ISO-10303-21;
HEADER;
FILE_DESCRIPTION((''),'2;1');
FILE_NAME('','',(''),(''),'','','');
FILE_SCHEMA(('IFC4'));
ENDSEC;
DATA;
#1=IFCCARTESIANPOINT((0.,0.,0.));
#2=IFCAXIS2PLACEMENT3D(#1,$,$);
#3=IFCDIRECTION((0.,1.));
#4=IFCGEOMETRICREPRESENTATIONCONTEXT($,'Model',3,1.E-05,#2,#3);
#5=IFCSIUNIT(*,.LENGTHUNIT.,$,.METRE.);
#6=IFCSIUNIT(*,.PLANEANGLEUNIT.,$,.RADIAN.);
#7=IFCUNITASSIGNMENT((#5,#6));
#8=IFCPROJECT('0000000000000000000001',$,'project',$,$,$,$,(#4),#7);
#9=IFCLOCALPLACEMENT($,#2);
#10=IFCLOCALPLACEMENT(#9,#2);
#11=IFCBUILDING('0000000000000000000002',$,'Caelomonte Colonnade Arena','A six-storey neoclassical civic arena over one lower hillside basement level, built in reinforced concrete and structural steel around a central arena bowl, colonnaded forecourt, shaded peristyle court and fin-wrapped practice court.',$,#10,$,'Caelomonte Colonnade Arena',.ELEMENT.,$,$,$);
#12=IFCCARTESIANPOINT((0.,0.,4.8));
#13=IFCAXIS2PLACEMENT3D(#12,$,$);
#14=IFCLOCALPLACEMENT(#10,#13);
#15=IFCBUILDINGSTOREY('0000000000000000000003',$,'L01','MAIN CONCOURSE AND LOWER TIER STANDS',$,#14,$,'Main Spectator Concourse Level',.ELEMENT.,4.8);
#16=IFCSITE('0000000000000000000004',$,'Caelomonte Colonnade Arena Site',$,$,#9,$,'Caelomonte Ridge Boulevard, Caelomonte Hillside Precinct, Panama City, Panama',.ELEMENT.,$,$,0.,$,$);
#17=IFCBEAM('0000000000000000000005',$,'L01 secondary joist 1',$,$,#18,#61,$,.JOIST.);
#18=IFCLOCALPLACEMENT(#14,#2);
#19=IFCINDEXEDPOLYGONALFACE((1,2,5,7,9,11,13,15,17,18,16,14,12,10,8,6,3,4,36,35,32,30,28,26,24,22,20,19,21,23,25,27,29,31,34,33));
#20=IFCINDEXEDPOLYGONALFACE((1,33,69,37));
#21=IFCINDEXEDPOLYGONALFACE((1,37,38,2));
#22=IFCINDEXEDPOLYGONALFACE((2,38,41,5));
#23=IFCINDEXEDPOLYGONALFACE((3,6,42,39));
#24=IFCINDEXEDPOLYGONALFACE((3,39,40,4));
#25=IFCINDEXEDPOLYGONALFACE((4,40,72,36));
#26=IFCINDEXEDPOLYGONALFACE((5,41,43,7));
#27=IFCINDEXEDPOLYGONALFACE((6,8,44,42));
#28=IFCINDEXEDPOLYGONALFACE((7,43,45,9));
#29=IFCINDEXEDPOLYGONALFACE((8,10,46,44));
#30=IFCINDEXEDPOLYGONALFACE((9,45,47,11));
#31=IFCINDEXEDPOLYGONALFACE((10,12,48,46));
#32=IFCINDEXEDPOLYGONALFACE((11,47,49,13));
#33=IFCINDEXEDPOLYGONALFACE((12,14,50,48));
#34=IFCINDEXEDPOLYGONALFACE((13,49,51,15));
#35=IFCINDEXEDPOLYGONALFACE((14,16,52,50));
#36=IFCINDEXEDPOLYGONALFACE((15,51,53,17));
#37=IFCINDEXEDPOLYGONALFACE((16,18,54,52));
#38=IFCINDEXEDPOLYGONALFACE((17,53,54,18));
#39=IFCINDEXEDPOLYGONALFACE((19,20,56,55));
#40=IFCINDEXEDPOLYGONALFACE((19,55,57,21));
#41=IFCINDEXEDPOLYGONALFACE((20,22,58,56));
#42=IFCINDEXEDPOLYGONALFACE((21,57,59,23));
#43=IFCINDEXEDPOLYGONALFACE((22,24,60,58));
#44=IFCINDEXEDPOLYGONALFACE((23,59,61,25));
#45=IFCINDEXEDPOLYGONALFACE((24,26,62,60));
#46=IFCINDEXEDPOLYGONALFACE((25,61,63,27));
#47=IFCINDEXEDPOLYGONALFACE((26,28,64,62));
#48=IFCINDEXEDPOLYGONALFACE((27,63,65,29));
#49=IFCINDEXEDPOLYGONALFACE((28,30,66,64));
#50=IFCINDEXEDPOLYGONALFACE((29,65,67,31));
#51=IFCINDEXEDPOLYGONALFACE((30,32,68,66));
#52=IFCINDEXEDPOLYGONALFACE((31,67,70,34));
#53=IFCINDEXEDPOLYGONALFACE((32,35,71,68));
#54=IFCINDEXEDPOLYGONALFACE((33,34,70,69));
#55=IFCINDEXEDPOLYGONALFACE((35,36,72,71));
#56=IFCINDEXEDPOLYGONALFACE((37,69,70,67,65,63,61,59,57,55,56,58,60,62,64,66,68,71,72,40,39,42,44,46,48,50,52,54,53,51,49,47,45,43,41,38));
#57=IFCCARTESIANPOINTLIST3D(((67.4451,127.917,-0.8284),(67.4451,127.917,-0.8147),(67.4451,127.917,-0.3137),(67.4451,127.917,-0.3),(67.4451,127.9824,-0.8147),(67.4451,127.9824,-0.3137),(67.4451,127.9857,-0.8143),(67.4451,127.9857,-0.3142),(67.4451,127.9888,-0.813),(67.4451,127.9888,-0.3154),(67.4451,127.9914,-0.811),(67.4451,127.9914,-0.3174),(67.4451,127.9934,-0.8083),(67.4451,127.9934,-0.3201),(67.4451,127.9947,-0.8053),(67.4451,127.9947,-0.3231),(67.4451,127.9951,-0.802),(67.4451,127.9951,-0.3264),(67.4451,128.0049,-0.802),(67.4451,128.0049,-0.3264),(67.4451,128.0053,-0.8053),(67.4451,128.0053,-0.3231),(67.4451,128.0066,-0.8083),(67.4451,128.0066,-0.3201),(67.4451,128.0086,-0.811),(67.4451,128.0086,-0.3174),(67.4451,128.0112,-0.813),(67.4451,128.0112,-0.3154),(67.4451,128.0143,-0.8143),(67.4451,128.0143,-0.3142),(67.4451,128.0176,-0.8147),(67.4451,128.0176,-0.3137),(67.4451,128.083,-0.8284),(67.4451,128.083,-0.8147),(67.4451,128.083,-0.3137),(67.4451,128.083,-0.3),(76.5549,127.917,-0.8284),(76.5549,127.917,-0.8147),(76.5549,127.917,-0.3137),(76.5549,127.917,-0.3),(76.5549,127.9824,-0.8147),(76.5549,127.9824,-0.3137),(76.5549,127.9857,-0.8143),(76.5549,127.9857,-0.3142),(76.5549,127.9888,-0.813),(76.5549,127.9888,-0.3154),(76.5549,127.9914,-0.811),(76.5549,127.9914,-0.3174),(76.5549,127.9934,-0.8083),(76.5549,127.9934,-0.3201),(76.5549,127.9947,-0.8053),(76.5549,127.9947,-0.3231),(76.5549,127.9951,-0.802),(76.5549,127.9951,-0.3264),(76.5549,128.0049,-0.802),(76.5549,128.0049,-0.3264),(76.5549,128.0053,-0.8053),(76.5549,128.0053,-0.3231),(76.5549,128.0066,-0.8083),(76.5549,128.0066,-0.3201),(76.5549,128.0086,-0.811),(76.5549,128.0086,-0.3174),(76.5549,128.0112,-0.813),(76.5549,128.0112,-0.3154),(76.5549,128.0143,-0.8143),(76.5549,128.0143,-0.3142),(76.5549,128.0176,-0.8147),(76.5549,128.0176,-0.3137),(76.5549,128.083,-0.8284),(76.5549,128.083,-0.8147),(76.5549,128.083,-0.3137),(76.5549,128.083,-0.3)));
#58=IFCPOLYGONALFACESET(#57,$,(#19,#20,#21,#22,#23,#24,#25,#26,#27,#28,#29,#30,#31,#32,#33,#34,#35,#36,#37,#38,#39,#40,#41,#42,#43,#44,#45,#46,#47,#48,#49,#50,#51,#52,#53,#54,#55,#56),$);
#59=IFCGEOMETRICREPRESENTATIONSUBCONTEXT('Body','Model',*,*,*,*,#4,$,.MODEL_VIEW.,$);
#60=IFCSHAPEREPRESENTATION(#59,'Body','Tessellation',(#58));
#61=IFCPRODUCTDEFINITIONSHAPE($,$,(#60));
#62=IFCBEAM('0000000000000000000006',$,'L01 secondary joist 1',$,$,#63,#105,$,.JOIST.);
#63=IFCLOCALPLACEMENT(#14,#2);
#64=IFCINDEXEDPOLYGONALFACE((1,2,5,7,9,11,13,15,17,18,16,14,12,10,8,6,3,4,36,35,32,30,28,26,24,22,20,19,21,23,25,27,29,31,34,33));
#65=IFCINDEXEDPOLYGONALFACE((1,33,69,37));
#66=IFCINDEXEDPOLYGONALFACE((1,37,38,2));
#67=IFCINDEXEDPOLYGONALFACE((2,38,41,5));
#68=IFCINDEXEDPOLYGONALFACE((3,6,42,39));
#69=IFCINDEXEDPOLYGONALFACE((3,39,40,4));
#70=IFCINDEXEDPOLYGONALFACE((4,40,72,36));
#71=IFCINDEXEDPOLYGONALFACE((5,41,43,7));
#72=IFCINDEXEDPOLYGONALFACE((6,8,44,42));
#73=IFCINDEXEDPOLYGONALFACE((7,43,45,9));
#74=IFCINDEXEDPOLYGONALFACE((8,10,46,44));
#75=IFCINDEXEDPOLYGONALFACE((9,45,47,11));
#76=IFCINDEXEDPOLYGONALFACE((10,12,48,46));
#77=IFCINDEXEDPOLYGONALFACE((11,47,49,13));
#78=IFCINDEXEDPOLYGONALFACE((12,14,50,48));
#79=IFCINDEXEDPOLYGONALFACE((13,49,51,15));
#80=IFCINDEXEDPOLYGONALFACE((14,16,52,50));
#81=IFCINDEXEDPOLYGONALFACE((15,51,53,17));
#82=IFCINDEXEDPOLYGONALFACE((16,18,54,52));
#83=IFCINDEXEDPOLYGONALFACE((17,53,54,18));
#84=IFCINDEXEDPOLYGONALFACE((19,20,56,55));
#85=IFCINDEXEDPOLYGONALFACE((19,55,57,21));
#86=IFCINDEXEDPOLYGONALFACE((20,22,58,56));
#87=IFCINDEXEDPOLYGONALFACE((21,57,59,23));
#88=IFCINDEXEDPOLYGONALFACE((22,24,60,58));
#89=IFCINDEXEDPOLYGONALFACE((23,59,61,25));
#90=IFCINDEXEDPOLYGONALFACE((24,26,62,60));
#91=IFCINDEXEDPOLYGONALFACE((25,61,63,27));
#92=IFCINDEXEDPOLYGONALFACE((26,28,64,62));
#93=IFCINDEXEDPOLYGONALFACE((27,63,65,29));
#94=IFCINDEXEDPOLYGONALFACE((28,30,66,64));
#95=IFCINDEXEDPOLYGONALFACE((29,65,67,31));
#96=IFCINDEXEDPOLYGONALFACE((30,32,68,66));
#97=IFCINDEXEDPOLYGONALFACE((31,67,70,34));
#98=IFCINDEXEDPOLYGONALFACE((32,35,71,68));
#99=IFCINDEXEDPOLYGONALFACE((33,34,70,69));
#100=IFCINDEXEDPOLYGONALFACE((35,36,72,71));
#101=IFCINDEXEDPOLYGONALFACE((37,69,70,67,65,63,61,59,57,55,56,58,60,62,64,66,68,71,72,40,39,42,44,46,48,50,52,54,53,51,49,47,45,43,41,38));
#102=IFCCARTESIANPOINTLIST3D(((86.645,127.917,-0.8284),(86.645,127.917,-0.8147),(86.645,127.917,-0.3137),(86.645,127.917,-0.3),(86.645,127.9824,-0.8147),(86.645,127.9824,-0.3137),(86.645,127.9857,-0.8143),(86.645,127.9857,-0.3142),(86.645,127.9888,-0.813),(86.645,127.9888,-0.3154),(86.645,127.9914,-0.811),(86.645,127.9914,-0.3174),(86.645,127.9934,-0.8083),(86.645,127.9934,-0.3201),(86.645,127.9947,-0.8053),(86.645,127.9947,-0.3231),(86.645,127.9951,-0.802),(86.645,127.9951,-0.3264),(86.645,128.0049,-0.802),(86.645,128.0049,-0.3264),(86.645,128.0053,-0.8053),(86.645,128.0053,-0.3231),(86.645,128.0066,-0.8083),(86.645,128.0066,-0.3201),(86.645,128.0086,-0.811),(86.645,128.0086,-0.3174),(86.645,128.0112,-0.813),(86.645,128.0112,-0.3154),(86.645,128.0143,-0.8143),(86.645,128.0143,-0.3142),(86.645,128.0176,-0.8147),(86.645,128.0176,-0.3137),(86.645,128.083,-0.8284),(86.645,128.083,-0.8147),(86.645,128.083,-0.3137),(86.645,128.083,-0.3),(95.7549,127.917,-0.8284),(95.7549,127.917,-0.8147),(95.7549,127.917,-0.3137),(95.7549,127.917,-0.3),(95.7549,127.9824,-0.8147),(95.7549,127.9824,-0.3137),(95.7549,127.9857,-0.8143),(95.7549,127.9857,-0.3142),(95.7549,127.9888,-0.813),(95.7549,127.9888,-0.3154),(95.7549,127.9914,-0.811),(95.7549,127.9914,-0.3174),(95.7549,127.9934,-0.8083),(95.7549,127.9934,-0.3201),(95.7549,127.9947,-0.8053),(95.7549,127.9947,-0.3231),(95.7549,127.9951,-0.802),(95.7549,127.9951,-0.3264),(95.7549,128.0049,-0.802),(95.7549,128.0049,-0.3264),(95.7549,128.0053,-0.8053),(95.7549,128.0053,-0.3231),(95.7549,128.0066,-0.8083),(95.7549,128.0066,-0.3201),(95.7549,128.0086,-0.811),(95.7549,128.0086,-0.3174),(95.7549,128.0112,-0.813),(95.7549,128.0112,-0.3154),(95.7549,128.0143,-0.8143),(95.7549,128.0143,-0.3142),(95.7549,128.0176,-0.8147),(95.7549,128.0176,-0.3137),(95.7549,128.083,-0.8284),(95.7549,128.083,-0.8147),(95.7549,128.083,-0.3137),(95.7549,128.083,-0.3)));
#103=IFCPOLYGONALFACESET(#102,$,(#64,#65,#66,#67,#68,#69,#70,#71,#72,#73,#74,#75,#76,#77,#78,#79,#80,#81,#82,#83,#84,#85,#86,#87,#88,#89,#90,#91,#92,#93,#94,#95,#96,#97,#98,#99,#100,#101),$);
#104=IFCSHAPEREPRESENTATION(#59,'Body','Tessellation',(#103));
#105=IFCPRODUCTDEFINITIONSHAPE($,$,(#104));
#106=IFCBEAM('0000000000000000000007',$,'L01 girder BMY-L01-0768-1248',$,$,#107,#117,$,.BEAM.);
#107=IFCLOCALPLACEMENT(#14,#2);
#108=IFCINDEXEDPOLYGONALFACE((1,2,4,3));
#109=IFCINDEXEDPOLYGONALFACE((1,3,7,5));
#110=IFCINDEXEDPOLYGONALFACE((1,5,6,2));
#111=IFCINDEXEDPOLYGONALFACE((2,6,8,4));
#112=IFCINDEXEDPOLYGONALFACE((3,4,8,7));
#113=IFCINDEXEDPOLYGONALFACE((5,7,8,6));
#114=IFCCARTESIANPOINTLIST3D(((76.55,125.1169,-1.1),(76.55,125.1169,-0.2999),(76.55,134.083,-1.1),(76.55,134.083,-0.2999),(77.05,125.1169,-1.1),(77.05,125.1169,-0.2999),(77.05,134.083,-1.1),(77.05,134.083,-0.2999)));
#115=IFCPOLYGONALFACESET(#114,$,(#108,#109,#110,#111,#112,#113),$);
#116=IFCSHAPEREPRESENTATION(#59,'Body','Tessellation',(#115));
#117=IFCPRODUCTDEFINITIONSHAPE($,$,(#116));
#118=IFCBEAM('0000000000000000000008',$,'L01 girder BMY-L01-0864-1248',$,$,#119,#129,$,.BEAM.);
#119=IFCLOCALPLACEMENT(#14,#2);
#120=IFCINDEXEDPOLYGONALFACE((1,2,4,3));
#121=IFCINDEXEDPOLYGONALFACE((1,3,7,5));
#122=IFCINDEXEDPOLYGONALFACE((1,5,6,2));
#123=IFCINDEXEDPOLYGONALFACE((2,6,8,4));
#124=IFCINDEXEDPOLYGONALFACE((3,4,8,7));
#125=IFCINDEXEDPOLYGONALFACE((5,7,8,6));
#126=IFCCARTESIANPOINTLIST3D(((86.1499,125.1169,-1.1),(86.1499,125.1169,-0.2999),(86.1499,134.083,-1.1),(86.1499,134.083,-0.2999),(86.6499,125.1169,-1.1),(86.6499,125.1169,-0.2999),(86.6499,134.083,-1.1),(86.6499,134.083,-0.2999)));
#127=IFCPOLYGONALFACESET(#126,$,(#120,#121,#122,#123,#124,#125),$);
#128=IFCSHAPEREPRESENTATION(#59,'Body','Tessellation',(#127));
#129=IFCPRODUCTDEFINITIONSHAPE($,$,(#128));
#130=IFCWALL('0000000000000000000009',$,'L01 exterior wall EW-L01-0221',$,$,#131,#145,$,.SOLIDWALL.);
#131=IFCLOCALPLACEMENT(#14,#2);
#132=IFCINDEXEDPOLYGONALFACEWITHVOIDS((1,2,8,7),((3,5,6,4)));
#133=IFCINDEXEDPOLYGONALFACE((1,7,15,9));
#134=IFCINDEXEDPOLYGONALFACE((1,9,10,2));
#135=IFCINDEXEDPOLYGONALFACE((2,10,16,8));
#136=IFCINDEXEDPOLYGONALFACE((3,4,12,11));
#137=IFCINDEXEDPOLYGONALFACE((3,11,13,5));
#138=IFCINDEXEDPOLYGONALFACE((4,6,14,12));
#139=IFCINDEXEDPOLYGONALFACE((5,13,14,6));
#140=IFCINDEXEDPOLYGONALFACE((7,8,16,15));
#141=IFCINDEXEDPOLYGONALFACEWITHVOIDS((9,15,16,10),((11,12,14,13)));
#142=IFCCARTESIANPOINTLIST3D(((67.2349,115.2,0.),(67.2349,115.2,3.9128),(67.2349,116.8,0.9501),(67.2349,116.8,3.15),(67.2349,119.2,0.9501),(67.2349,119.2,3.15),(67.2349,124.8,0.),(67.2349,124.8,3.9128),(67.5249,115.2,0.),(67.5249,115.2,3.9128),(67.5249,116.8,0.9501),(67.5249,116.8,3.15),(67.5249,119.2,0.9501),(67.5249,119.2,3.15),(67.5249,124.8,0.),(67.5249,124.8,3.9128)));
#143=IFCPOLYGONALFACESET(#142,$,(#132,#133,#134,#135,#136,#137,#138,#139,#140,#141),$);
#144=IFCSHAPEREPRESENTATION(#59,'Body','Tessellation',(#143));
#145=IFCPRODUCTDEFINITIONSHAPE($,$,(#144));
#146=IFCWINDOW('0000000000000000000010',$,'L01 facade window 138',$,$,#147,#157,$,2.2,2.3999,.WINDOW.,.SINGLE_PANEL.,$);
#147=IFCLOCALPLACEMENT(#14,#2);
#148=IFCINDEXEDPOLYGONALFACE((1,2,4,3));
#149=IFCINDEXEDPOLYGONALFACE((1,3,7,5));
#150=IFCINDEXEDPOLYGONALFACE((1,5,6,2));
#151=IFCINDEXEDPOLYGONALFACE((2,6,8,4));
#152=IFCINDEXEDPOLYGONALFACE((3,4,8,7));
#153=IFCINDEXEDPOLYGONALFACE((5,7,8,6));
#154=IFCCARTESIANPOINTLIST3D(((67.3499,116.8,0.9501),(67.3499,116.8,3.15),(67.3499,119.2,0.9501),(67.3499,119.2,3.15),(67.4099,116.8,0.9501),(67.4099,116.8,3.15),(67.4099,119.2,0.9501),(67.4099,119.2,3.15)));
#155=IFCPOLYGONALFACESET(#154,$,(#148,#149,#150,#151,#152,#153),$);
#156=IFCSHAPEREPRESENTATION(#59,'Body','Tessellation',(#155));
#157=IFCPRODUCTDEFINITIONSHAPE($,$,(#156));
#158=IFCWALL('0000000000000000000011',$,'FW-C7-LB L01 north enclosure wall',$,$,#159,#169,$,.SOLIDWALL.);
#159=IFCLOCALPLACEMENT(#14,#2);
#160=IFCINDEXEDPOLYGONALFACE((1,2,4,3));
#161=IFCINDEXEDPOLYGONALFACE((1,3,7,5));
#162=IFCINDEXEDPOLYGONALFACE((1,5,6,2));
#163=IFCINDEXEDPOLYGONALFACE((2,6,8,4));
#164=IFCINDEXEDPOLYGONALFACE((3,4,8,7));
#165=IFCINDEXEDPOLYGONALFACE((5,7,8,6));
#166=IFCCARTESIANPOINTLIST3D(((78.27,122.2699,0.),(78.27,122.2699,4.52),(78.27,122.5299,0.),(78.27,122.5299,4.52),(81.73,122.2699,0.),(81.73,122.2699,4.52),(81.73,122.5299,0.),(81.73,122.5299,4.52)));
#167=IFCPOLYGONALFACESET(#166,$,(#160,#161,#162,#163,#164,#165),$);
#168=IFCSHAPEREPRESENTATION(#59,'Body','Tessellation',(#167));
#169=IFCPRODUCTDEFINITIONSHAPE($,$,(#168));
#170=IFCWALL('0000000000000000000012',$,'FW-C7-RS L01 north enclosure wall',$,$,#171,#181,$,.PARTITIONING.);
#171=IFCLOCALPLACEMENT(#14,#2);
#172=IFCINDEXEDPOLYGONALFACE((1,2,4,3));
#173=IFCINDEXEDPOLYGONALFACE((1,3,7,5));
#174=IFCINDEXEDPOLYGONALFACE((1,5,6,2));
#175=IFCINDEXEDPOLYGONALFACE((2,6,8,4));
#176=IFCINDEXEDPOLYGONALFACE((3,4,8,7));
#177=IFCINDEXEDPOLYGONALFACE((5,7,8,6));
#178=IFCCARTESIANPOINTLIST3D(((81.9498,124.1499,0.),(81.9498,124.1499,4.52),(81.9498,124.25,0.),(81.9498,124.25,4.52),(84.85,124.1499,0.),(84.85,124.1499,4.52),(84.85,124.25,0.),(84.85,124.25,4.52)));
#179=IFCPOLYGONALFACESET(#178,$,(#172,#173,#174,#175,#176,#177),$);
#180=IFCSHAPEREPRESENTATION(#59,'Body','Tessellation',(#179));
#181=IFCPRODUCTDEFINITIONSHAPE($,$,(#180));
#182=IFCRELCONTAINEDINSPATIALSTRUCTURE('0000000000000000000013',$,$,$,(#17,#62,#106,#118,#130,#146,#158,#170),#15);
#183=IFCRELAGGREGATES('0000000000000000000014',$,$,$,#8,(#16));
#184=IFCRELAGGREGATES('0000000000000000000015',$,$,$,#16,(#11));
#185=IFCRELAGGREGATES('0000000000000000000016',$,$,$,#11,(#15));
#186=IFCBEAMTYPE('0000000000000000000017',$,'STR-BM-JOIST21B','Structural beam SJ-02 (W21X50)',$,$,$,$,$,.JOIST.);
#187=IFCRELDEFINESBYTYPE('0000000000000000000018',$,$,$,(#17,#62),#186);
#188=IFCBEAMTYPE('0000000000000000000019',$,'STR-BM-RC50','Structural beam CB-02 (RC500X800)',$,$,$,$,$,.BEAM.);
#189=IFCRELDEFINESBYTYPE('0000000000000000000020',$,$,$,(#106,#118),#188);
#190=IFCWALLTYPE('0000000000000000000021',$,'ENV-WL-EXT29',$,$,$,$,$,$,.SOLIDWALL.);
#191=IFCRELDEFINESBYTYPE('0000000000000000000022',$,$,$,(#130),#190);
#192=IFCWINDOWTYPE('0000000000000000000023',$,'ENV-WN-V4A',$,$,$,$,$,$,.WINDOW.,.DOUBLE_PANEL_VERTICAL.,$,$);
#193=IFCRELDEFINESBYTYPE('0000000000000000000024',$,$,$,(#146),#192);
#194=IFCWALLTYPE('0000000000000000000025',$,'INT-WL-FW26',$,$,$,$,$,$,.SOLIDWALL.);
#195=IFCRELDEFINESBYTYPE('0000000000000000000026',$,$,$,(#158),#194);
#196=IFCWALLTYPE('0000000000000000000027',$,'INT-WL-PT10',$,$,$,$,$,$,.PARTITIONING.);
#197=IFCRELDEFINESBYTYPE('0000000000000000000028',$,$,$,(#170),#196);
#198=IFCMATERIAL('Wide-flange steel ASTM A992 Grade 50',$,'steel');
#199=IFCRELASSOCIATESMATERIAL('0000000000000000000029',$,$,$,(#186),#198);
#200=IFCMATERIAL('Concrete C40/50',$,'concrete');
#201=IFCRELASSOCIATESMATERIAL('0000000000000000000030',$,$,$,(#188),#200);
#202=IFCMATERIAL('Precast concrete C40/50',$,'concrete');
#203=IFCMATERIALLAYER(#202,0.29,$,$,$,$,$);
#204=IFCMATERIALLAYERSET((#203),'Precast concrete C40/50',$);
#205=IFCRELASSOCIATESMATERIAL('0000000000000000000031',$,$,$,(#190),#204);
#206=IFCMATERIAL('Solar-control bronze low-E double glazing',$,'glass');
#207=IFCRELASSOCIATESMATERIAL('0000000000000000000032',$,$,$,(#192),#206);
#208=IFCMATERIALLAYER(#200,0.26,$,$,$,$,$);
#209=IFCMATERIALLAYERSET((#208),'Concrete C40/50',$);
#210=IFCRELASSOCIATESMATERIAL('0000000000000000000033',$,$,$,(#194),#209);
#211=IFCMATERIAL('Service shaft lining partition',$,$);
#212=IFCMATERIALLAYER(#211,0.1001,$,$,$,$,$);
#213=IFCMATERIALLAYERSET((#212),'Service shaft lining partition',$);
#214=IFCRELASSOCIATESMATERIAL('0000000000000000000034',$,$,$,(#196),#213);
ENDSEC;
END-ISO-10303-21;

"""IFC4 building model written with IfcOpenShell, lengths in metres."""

from ifc_helpers import new_model, si_unit, direction, frame, frame_2d, origin, origin_2d, place, context, subcontext, project, spatial, rectangle, i_section, extrude, material, layer, layer_set, material_profile, profile_set, type_object, element, fill, save


model = new_model("IFC4")

# Units and contexts
model_context = context("Model", 3, precision=1e-05, world=origin(), true_north=direction((0.0, 1.0)))
body_context = subcontext(model_context, "Body", "Model", "MODEL_VIEW")
ifc_project = project(units=[si_unit("LENGTHUNIT", "METRE"), si_unit("PLANEANGLEUNIT", "RADIAN")], contexts=[model_context])

# Site, building, storey
site_placement = place(None, origin())
site = spatial("IfcSite", under=ifc_project, at=site_placement, Name="Caelomonte Colonnade Arena Site", LongName="Caelomonte Ridge Boulevard, Caelomonte Hillside Precinct, Panama City, Panama", CompositionType="ELEMENT", RefElevation=0.0)
building_placement = place(site_placement, origin())
building = spatial("IfcBuilding", under=site, at=building_placement, Name="Caelomonte Colonnade Arena", Description="A six-storey neoclassical civic arena over one lower hillside basement level, built in reinforced concrete and structural steel around a central arena bowl, colonnaded forecourt, shaded peristyle court and fin-wrapped practice court.", LongName="Caelomonte Colonnade Arena", CompositionType="ELEMENT")
storey_placement = place(building_placement, frame((0.0, 0.0, 4.8)))
storey = spatial("IfcBuildingStorey", under=building, at=storey_placement, Name="L01", Description="MAIN CONCOURSE AND LOWER TIER STANDS", LongName="Main Spectator Concourse Level", CompositionType="ELEMENT", Elevation=4.8)

# Shared definitions
ifc_material_1 = material(Name="Concrete C40/50", Category="concrete")

# Beams
ifc_material_2 = material(Name="Wide-flange steel ASTM A992 Grade 50", Category="steel")
ifc_material_profile_1 = material_profile(ifc_material_2, i_section(OverallWidth=0.166, OverallDepth=0.5283, WebThickness=0.0098, FlangeThickness=0.0137, FilletRadius=0.0127, at=origin_2d()), Name="W21X50")
ifc_profile_set_1 = profile_set([ifc_material_profile_1], Name="Wide-flange steel ASTM A992 Grade 50")
beam_type_1 = type_object("IfcBeamType", Name="STR-BM-JOIST21B", Description="Structural beam SJ-02 (W21X50)", PredefinedType="JOIST", material=ifc_profile_set_1)
for number, where, z_axis, x_axis, name in (
    (1, (67.4451, 128.0, -0.5642), (1.0, 0.0, 0.0), (0.0, 1.0, 0.0), "L01 secondary joist 1"),
    (2, (86.645, 128.0, -0.5642), (1.0, 0.0, 0.0), (0.0, 1.0, 0.0), "L01 secondary joist 1"),
):
    element("IfcBeam", number, at=place(storey_placement, frame(where, z_axis=z_axis, x_axis=x_axis)), inside=storey, type_object=beam_type_1, Name=name, PredefinedType="JOIST", context=body_context, shape_type="SweptSolid", body=[
        extrude(i_section(OverallWidth=0.166, OverallDepth=0.5283, WebThickness=0.0098, FlangeThickness=0.0137, FilletRadius=0.0127, at=origin_2d()), origin(), (0.0, 0.0, 1.0), 9.1099),
    ])
ifc_material_profile_2 = material_profile(ifc_material_1, rectangle(XDim=0.5, YDim=0.8, at=origin_2d()), Name="RC500X800")
ifc_profile_set_2 = profile_set([ifc_material_profile_2], Name="Concrete C40/50")
beam_type_2 = type_object("IfcBeamType", Name="STR-BM-RC50", Description="Structural beam CB-02 (RC500X800)", PredefinedType="BEAM", material=ifc_profile_set_2)
for number, where, z_axis, x_axis, name in (
    (3, (76.8, 125.1169, -0.7), (0.0, 1.0, 0.0), (-1.0, 0.0, 0.0), "L01 girder BMY-L01-0768-1248"),
    (4, (86.3999, 125.1169, -0.7), (0.0, 1.0, 0.0), (-1.0, 0.0, 0.0), "L01 girder BMY-L01-0864-1248"),
):
    element("IfcBeam", number, at=place(storey_placement, frame(where, z_axis=z_axis, x_axis=x_axis)), inside=storey, type_object=beam_type_2, Name=name, PredefinedType="BEAM", context=body_context, shape_type="SweptSolid", body=[
        extrude(rectangle(XDim=0.5, YDim=0.8, at=origin_2d()), origin(), (0.0, 0.0, 1.0), 8.9661),
    ])

# Wall, opening, window
ifc_material_3 = material(Name="Precast concrete C40/50", Category="concrete")
ifc_layer_1 = layer(ifc_material_3, 0.29)
ifc_layer_set_1 = layer_set([ifc_layer_1], Name="Precast concrete C40/50")
wall_type_1 = type_object("IfcWallType", Name="ENV-WL-EXT29", PredefinedType="SOLIDWALL", material=ifc_layer_set_1)
wall_1_placement = place(storey_placement, frame((67.3799, 124.8, 0.0), z_axis=(0.0, 0.0, 1.0), x_axis=(0.0, -1.0, 0.0)))
wall_1 = element("IfcWall", 5, at=wall_1_placement, inside=storey, type_object=wall_type_1, Name="L01 exterior wall EW-L01-0221", PredefinedType="SOLIDWALL", context=body_context, shape_type="SweptSolid", body=[
    extrude(rectangle(XDim=9.6001, YDim=0.29, at=frame_2d((4.8, 0.0))), origin(), (0.0, 0.0, 1.0), 3.9128),
])
opening_1_placement = place(wall_1_placement, frame((8.0, 0.0, 0.95), z_axis=(0.0, 0.0, 1.0), x_axis=(-1.0, 0.0, 0.0)))
opening_1 = element("IfcOpeningElement", 6, at=opening_1_placement, cuts=wall_1, PredefinedType="OPENING", context=body_context, shape_type="SweptSolid", body=[
    extrude(rectangle(XDim=2.3999, YDim=2.2, at=frame_2d((1.2, 1.1001))), frame((0.0, 0.155, 0.0), z_axis=(0.0, -1.0, 0.0), x_axis=(1.0, 0.0, 0.0)), (0.0, 0.0, 1.0), 0.3101),
])
ifc_material_4 = material(Name="Solar-control bronze low-E double glazing", Category="glass")
window_type = type_object("IfcWindowType", Name="ENV-WN-V4A", PartitioningType="DOUBLE_PANEL_VERTICAL", PredefinedType="WINDOW", material=ifc_material_4)
window_placement = place(opening_1_placement, origin())
window = element("IfcWindow", 7, at=window_placement, inside=storey, type_object=window_type, Name="L01 facade window 138", OverallHeight=2.2, OverallWidth=2.3999, PartitioningType="SINGLE_PANEL", PredefinedType="WINDOW", context=body_context, shape_type="SweptSolid", body=[
    extrude(rectangle(XDim=2.3999, YDim=2.2, at=frame_2d((1.2, 1.1001))), frame((0.0, 0.03, 0.0), z_axis=(0.0, -1.0, 0.0), x_axis=(1.0, 0.0, 0.0)), (0.0, 0.0, 1.0), 0.0601),
])
fill(opening_1, window)

# Walls
ifc_layer_2 = layer(ifc_material_1, 0.26)
ifc_layer_set_2 = layer_set([ifc_layer_2], Name="Concrete C40/50")
wall_type_2 = type_object("IfcWallType", Name="INT-WL-FW26", PredefinedType="SOLIDWALL", material=ifc_layer_set_2)
wall_2_placement = place(storey_placement, frame((81.73, 122.3999, 0.0), z_axis=(0.0, 0.0, 1.0), x_axis=(-1.0, 0.0, 0.0)))
element("IfcWall", 8, at=wall_2_placement, inside=storey, type_object=wall_type_2, Name="FW-C7-LB L01 north enclosure wall", PredefinedType="SOLIDWALL", context=body_context, shape_type="SweptSolid", body=[
    extrude(rectangle(XDim=3.46, YDim=0.26, at=frame_2d((1.73, 0.0))), origin(), (0.0, 0.0, 1.0), 4.52),
])
ifc_material_5 = material(Name="Service shaft lining partition")
ifc_layer_3 = layer(ifc_material_5, 0.1001)
ifc_layer_set_3 = layer_set([ifc_layer_3], Name="Service shaft lining partition")
wall_type_3 = type_object("IfcWallType", Name="INT-WL-PT10", PredefinedType="PARTITIONING", material=ifc_layer_set_3)
wall_3_placement = place(storey_placement, frame((84.8501, 124.2, 0.0), z_axis=(0.0, 0.0, 1.0), x_axis=(-1.0, 0.0, 0.0)))
element("IfcWall", 9, at=wall_3_placement, inside=storey, type_object=wall_type_3, Name="FW-C7-RS L01 north enclosure wall", PredefinedType="PARTITIONING", context=body_context, shape_type="SweptSolid", body=[
    extrude(rectangle(XDim=2.9001, YDim=0.1001, at=frame_2d((1.4502, 0.0))), origin(), (0.0, 0.0, 1.0), 4.52),
])

save(model, "model.ifc")
